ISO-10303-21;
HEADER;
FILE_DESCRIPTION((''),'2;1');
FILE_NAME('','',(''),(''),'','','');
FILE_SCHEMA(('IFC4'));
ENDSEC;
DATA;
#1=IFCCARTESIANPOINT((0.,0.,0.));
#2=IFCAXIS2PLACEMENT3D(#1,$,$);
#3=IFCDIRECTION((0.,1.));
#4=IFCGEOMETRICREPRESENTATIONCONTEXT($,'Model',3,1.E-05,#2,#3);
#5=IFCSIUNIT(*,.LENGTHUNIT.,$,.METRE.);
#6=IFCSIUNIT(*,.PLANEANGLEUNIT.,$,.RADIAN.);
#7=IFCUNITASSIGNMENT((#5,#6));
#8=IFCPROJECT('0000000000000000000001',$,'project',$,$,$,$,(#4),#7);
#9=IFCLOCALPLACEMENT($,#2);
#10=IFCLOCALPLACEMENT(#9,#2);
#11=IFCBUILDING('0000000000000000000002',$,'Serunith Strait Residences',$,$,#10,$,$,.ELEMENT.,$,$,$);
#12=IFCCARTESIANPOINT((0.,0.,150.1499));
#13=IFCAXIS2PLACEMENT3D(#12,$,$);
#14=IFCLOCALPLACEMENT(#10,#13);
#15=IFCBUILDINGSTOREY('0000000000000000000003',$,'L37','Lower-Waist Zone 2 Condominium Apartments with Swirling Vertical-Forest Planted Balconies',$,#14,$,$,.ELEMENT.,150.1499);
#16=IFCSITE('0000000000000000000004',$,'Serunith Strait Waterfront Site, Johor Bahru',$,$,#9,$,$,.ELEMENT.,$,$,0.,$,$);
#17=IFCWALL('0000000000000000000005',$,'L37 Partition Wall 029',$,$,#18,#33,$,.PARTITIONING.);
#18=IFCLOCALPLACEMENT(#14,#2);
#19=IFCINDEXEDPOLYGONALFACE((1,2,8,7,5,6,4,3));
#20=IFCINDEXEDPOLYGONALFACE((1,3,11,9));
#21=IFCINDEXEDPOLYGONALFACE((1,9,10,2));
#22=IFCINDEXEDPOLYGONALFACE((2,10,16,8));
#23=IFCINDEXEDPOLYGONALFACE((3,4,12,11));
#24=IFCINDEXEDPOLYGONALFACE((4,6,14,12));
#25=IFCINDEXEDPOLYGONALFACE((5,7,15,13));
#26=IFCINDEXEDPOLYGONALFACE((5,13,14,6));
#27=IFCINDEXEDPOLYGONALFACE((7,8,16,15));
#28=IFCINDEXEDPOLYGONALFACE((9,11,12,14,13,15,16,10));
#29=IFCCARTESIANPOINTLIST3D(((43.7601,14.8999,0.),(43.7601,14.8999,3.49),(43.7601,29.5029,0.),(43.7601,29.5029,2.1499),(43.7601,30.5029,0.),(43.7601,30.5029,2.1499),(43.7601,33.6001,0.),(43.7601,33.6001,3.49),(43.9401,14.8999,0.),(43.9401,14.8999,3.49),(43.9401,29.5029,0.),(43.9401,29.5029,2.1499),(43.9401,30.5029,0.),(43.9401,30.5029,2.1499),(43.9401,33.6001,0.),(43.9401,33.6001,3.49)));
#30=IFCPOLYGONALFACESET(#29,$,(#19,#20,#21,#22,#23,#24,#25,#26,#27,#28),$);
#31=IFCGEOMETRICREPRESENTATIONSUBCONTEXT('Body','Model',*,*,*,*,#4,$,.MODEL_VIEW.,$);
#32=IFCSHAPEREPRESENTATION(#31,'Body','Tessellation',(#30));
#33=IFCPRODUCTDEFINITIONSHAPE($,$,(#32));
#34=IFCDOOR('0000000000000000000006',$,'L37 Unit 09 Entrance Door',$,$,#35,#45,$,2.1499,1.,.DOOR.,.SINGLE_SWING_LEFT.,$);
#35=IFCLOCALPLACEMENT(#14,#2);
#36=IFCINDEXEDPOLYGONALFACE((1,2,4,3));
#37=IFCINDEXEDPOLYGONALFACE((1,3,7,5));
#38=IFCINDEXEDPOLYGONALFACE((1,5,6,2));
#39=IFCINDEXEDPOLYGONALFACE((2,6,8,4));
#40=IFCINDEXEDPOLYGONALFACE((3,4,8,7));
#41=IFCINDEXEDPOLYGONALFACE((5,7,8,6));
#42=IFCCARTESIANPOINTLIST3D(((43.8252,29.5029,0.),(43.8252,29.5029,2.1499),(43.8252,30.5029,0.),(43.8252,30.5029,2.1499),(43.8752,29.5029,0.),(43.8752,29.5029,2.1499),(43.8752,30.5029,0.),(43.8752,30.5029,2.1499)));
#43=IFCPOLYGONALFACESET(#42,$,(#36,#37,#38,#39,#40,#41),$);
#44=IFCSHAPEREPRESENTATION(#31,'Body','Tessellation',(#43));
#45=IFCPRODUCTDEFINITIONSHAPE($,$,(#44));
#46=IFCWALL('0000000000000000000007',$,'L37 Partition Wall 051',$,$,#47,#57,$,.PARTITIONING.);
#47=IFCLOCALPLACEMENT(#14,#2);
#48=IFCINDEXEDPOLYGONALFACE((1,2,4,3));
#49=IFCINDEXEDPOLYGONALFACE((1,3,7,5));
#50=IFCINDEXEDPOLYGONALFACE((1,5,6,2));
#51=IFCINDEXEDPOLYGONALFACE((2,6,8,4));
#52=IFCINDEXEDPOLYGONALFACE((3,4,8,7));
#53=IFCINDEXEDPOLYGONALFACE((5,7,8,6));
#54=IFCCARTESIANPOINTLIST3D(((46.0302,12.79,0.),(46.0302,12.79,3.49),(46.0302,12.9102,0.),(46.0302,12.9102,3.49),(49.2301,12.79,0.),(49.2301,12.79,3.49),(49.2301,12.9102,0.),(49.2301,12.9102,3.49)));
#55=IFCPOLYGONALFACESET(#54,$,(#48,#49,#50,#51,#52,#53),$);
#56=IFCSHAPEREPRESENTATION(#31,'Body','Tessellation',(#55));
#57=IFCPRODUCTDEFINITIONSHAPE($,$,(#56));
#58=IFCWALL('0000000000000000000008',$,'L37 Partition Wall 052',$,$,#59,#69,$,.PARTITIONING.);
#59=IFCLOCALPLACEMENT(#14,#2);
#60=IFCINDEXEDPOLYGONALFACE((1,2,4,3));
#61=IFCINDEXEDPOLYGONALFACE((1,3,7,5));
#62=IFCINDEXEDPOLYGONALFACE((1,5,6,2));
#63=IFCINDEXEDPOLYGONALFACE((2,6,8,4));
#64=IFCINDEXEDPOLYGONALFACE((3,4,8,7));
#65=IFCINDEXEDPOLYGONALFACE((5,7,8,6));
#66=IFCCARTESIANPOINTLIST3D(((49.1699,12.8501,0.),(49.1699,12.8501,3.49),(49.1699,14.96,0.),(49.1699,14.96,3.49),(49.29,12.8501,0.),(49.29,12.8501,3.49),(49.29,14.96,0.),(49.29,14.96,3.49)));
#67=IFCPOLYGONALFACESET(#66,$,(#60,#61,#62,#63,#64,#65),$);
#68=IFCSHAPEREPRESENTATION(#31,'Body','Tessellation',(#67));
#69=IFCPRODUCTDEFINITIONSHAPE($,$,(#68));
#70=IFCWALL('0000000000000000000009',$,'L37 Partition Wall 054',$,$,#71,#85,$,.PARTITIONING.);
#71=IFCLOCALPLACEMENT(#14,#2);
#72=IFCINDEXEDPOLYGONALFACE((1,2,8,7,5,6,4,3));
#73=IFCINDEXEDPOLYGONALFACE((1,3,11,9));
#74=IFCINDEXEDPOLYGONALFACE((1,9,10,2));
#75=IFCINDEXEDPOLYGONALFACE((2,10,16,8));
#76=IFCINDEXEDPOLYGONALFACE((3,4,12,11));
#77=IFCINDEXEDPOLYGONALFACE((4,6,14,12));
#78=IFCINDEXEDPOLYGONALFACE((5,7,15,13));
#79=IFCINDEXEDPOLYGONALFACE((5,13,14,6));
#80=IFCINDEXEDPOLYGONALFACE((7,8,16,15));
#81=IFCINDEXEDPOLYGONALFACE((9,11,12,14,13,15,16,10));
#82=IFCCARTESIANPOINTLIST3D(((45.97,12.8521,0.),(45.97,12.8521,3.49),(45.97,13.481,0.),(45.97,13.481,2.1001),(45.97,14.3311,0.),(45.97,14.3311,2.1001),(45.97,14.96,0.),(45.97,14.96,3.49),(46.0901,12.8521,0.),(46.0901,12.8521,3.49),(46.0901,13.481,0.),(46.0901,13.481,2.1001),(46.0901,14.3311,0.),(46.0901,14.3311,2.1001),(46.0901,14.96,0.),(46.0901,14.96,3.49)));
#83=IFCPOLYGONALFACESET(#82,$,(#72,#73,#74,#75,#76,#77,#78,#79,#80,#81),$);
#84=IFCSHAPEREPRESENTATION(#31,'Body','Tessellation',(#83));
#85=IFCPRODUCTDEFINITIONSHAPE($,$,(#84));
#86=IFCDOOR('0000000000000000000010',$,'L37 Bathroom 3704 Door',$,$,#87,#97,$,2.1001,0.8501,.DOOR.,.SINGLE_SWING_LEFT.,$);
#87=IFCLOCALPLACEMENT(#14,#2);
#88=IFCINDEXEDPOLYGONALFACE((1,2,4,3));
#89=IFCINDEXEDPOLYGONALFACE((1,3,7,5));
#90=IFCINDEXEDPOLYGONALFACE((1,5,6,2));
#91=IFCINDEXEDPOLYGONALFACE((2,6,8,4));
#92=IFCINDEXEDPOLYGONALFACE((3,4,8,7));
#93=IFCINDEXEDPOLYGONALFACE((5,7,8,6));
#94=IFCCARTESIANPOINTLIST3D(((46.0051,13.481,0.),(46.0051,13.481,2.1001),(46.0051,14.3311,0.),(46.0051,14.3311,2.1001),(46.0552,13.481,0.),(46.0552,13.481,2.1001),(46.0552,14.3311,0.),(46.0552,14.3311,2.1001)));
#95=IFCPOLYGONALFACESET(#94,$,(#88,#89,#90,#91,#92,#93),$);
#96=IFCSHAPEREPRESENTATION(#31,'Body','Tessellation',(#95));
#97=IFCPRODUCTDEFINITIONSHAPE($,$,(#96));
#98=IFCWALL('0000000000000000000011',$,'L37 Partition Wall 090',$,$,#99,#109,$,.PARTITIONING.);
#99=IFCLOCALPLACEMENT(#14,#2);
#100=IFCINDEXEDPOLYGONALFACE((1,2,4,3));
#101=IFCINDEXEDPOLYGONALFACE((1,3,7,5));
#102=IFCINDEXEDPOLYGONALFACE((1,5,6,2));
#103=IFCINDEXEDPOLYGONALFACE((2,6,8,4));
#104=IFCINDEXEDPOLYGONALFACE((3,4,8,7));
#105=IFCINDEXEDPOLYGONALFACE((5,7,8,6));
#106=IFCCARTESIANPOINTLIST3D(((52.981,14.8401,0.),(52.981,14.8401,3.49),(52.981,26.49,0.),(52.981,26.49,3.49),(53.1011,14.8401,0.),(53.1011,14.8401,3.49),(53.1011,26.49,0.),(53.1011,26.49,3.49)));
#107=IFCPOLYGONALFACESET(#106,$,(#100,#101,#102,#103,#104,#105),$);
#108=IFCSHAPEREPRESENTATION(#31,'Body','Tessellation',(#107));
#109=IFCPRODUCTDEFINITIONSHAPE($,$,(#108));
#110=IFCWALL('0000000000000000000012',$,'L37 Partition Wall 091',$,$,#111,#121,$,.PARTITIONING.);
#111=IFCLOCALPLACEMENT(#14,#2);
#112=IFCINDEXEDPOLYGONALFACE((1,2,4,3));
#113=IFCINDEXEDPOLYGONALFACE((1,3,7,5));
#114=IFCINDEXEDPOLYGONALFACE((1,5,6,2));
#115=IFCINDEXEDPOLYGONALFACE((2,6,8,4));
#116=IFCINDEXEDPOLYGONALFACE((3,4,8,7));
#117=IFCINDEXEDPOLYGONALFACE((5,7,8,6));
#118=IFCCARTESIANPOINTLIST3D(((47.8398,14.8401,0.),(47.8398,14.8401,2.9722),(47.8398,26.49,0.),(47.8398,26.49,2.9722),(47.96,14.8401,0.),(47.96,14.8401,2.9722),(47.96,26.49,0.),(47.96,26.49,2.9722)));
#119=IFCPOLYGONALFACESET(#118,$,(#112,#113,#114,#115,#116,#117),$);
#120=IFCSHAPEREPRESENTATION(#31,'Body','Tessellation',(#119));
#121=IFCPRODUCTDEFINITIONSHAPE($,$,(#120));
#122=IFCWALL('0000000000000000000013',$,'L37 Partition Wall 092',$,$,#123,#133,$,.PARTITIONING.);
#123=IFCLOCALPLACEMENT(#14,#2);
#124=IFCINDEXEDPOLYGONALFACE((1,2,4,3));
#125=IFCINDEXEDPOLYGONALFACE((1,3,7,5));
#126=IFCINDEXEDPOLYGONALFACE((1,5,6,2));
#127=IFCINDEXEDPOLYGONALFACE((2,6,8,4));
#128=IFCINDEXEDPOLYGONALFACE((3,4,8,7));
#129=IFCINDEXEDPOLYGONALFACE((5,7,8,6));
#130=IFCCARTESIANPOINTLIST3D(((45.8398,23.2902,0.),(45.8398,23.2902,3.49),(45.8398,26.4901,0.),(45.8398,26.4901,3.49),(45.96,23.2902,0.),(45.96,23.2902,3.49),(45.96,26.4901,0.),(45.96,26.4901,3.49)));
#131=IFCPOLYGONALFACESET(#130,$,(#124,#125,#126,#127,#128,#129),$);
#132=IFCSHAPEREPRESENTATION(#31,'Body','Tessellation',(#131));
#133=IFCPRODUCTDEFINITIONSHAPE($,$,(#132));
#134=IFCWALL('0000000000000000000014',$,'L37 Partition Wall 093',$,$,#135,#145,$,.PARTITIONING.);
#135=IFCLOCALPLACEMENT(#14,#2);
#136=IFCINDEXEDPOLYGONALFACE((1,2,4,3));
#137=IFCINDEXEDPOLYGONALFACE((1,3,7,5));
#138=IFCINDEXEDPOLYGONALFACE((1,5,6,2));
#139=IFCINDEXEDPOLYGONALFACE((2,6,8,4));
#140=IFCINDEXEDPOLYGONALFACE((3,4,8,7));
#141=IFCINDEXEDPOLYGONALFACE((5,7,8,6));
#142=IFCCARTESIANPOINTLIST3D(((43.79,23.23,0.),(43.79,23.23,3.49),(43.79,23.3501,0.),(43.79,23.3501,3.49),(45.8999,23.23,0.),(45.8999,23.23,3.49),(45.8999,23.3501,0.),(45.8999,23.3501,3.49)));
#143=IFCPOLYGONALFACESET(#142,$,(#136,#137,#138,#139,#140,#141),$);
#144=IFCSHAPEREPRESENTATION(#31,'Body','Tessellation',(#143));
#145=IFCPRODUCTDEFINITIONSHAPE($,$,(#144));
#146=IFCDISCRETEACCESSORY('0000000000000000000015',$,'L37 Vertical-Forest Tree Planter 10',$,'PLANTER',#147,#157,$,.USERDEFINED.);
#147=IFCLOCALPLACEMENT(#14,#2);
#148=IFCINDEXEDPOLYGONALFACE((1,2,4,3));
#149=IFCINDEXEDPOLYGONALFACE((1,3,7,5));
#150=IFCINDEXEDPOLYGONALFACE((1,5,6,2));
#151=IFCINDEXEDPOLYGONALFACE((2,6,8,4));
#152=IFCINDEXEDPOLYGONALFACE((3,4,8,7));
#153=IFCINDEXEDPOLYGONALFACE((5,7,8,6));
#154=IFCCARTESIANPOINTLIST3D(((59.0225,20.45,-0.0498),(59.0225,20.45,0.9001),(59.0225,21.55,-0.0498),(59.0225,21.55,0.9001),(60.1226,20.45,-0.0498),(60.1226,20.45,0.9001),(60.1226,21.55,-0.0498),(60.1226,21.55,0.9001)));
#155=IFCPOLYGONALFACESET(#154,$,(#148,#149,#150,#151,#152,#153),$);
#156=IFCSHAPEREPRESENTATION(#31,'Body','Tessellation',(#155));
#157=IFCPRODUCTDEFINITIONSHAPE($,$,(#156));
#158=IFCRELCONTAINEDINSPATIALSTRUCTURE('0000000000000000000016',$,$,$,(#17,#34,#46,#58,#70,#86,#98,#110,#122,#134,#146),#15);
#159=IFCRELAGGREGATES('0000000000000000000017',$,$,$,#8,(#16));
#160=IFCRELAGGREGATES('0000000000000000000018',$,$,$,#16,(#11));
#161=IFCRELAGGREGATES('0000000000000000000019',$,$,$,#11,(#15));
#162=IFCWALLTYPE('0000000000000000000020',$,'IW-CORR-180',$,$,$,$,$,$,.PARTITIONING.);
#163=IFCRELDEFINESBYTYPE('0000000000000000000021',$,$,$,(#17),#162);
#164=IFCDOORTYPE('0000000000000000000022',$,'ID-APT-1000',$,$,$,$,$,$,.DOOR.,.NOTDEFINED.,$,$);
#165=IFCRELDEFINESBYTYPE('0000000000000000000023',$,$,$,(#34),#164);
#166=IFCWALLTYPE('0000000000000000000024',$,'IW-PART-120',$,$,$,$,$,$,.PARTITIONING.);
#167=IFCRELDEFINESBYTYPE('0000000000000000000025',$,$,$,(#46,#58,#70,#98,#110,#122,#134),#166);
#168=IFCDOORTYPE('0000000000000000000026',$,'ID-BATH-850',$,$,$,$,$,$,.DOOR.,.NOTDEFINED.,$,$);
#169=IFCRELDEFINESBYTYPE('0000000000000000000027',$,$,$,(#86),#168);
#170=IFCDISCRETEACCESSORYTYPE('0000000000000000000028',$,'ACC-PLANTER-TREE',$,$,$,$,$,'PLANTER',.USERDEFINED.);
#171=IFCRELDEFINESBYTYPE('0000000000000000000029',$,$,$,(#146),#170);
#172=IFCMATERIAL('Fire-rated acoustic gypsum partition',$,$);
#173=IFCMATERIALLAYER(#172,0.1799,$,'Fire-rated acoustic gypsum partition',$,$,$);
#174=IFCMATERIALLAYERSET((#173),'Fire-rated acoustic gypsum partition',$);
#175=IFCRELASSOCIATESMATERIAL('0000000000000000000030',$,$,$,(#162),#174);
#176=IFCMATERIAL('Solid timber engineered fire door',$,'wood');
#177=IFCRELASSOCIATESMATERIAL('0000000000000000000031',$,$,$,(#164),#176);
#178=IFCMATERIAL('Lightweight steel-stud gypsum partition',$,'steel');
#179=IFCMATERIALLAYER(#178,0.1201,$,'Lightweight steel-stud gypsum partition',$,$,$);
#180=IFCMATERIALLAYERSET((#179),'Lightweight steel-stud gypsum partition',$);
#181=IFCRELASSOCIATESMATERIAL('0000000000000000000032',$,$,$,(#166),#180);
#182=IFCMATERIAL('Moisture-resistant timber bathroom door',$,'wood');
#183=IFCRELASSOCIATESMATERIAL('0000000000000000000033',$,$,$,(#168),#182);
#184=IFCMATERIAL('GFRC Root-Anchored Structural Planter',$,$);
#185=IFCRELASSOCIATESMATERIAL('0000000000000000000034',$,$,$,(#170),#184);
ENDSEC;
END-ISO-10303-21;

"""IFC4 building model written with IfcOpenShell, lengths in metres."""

from ifc_helpers import new_model, si_unit, direction, frame, frame_2d, origin, origin_2d, place, context, subcontext, project, spatial, rectangle, extrude, source, transform, mapped, material, layer, layer_set, type_object, element, fill, save


model = new_model("IFC4")

# Units and contexts
model_context = context("Model", 3, precision=1e-05, world=origin(), true_north=direction((0.0, 1.0)))
body_context = subcontext(model_context, "Body", "Model", "MODEL_VIEW")
ifc_project = project(units=[si_unit("LENGTHUNIT", "METRE"), si_unit("PLANEANGLEUNIT", "RADIAN")], contexts=[model_context])

# Site, building, storey
site_placement = place(None, origin())
site = spatial("IfcSite", under=ifc_project, at=site_placement, Name="Serunith Strait Waterfront Site, Johor Bahru", CompositionType="ELEMENT", RefElevation=0.0)
building_placement = place(site_placement, origin())
building = spatial("IfcBuilding", under=site, at=building_placement, Name="Serunith Strait Residences", CompositionType="ELEMENT")
storey_placement = place(building_placement, frame((0.0, 0.0, 150.1499)))
storey = spatial("IfcBuildingStorey", under=building, at=storey_placement, Name="L37", Description="Lower-Waist Zone 2 Condominium Apartments with Swirling Vertical-Forest Planted Balconies", CompositionType="ELEMENT", Elevation=150.1499)

# Wall, opening, door
ifc_material_1 = material(Name="Fire-rated acoustic gypsum partition")
ifc_layer_1 = layer(ifc_material_1, 0.1799, Name="Fire-rated acoustic gypsum partition")
ifc_layer_set_1 = layer_set([ifc_layer_1], Name="Fire-rated acoustic gypsum partition")
wall_type_1 = type_object("IfcWallType", Name="IW-CORR-180", PredefinedType="PARTITIONING", material=ifc_layer_set_1)
wall_1_placement = place(storey_placement, frame((43.8501, 14.8999, 0.0), z_axis=(0.0, 0.0, 1.0), x_axis=(0.0, 1.0, 0.0)))
wall_1 = element("IfcWall", 1, at=wall_1_placement, inside=storey, type_object=wall_type_1, Name="L37 Partition Wall 029", PredefinedType="PARTITIONING", context=body_context, shape_type="SweptSolid", body=[
    extrude(rectangle(XDim=18.7002, YDim=0.1799, at=frame_2d((9.3501, 0.0))), origin(), (0.0, 0.0, 1.0), 3.49),
])
opening_1_placement = place(wall_1_placement, frame((14.603, 0.0, 0.0)))
opening_1 = element("IfcOpeningElement", 2, at=opening_1_placement, cuts=wall_1, PredefinedType="OPENING", context=body_context, shape_type="SweptSolid", body=[
    extrude(rectangle(XDim=1.0, YDim=2.1499, at=frame_2d((0.5, 1.075))), frame((0.0, 0.1001, 0.0), z_axis=(0.0, -1.0, 0.0), x_axis=(1.0, 0.0, 0.0)), (0.0, 0.0, 1.0), 0.2),
])
ifc_material_2 = material(Name="Solid timber engineered fire door", Category="wood")
door_type_1 = type_object("IfcDoorType", Name="ID-APT-1000", OperationType="NOTDEFINED", PredefinedType="DOOR", material=ifc_material_2)
shared_shape_1 = source(origin(), body_context, "Body", "SweptSolid", [
    extrude(rectangle(XDim=1.0, YDim=2.1499, at=frame_2d((0.5, 1.075))), frame((0.0, 0.0249, 0.0), z_axis=(0.0, -1.0, 0.0), x_axis=(1.0, 0.0, 0.0)), (0.0, 0.0, 1.0), 0.05),
])
door_1_placement = place(opening_1_placement, origin())
door_1 = element("IfcDoor", 3, at=door_1_placement, inside=storey, type_object=door_type_1, Name="L37 Unit 09 Entrance Door", OperationType="SINGLE_SWING_LEFT", OverallHeight=2.1499, OverallWidth=1.0, PredefinedType="DOOR", context=body_context, shape_type="MappedRepresentation", body=[
    mapped(shared_shape_1, transform((0.0, 0.0, 0.0), scale=1.0)),
])
fill(opening_1, door_1)

# Walls
ifc_material_3 = material(Name="Lightweight steel-stud gypsum partition", Category="steel")
ifc_layer_2 = layer(ifc_material_3, 0.1201, Name="Lightweight steel-stud gypsum partition")
ifc_layer_set_2 = layer_set([ifc_layer_2], Name="Lightweight steel-stud gypsum partition")
wall_type_2 = type_object("IfcWallType", Name="IW-PART-120", PredefinedType="PARTITIONING", material=ifc_layer_set_2)
wall_2_placement = place(storey_placement, frame((46.03, 12.8501, 0.0), z_axis=(0.0, 0.0, 1.0), x_axis=(1.0, 0.0, 0.0)))
element("IfcWall", 4, at=wall_2_placement, inside=storey, type_object=wall_type_2, Name="L37 Partition Wall 051", PredefinedType="PARTITIONING", context=body_context, shape_type="SweptSolid", body=[
    extrude(rectangle(XDim=3.2, YDim=0.1201, at=frame_2d((1.6001, 0.0))), origin(), (0.0, 0.0, 1.0), 3.49),
])
wall_3_placement = place(storey_placement, frame((49.23, 12.8501, 0.0), z_axis=(0.0, 0.0, 1.0), x_axis=(0.0, 1.0, 0.0)))
element("IfcWall", 5, at=wall_3_placement, inside=storey, type_object=wall_type_2, Name="L37 Partition Wall 052", PredefinedType="PARTITIONING", context=body_context, shape_type="SweptSolid", body=[
    extrude(rectangle(XDim=2.1099, YDim=0.1201, at=frame_2d((1.0549, 0.0))), origin(), (0.0, 0.0, 1.0), 3.49),
])

# Wall, opening, door
wall_4_placement = place(storey_placement, frame((46.03, 12.8521, 0.0), z_axis=(0.0, 0.0, 1.0), x_axis=(0.0, 1.0, 0.0)))
wall_4 = element("IfcWall", 6, at=wall_4_placement, inside=storey, type_object=wall_type_2, Name="L37 Partition Wall 054", PredefinedType="PARTITIONING", context=body_context, shape_type="SweptSolid", body=[
    extrude(rectangle(XDim=2.1079, YDim=0.1201, at=frame_2d((1.054, 0.0))), origin(), (0.0, 0.0, 1.0), 3.49),
])
opening_2_placement = place(wall_4_placement, frame((0.6289, 0.0, 0.0)))
opening_2 = element("IfcOpeningElement", 7, at=opening_2_placement, cuts=wall_4, PredefinedType="OPENING", context=body_context, shape_type="SweptSolid", body=[
    extrude(rectangle(XDim=0.8501, YDim=2.1001, at=frame_2d((0.425, 1.05))), frame((0.0, 0.0701, 0.0), z_axis=(0.0, -1.0, 0.0), x_axis=(1.0, 0.0, 0.0)), (0.0, 0.0, 1.0), 0.1401),
])
ifc_material_4 = material(Name="Moisture-resistant timber bathroom door", Category="wood")
door_type_2 = type_object("IfcDoorType", Name="ID-BATH-850", OperationType="NOTDEFINED", PredefinedType="DOOR", material=ifc_material_4)
shared_shape_2 = source(origin(), body_context, "Body", "SweptSolid", [
    extrude(rectangle(XDim=0.8501, YDim=2.1001, at=frame_2d((0.425, 1.05))), frame((0.0, 0.0249, 0.0), z_axis=(0.0, -1.0, 0.0), x_axis=(1.0, 0.0, 0.0)), (0.0, 0.0, 1.0), 0.05),
])
door_2_placement = place(opening_2_placement, origin())
door_2 = element("IfcDoor", 8, at=door_2_placement, inside=storey, type_object=door_type_2, Name="L37 Bathroom 3704 Door", OperationType="SINGLE_SWING_LEFT", OverallHeight=2.1001, OverallWidth=0.8501, PredefinedType="DOOR", context=body_context, shape_type="MappedRepresentation", body=[
    mapped(shared_shape_2, transform((0.0, 0.0, 0.0), scale=1.0)),
])
fill(opening_2, door_2)

# Walls
wall_5_placement = place(storey_placement, frame((53.041, 14.8401, 0.0), z_axis=(0.0, 0.0, 1.0), x_axis=(0.0, 1.0, 0.0)))
element("IfcWall", 9, at=wall_5_placement, inside=storey, type_object=wall_type_2, Name="L37 Partition Wall 090", PredefinedType="PARTITIONING", context=body_context, shape_type="SweptSolid", body=[
    extrude(rectangle(XDim=11.6499, YDim=0.1201, at=frame_2d((5.825, 0.0))), origin(), (0.0, 0.0, 1.0), 3.49),
])
wall_6_placement = place(storey_placement, frame((47.8999, 14.8401, 0.0), z_axis=(0.0, 0.0, 1.0), x_axis=(0.0, 1.0, 0.0)))
element("IfcWall", 10, at=wall_6_placement, inside=storey, type_object=wall_type_2, Name="L37 Partition Wall 091", PredefinedType="PARTITIONING", context=body_context, shape_type="SweptSolid", body=[
    extrude(rectangle(XDim=11.6499, YDim=0.1201, at=frame_2d((5.825, 0.0))), origin(), (0.0, 0.0, 1.0), 2.9722),
])
wall_7_placement = place(storey_placement, frame((45.8999, 23.29, 0.0), z_axis=(0.0, 0.0, 1.0), x_axis=(0.0, 1.0, 0.0)))
element("IfcWall", 11, at=wall_7_placement, inside=storey, type_object=wall_type_2, Name="L37 Partition Wall 092", PredefinedType="PARTITIONING", context=body_context, shape_type="SweptSolid", body=[
    extrude(rectangle(XDim=3.2, YDim=0.1201, at=frame_2d((1.6001, 0.0))), origin(), (0.0, 0.0, 1.0), 3.49),
])
wall_8_placement = place(storey_placement, frame((45.8999, 23.29, 0.0), z_axis=(0.0, 0.0, 1.0), x_axis=(-1.0, 0.0, 0.0)))
element("IfcWall", 12, at=wall_8_placement, inside=storey, type_object=wall_type_2, Name="L37 Partition Wall 093", PredefinedType="PARTITIONING", context=body_context, shape_type="SweptSolid", body=[
    extrude(rectangle(XDim=2.1099, YDim=0.1201, at=frame_2d((1.0549, 0.0))), origin(), (0.0, 0.0, 1.0), 3.49),
])

# Discrete accessory
ifc_material_5 = material(Name="GFRC Root-Anchored Structural Planter")
discrete_accessory_type = type_object("IfcDiscreteAccessoryType", Name="ACC-PLANTER-TREE", ElementType="PLANTER", PredefinedType="USERDEFINED", material=ifc_material_5)
shared_shape_3 = source(origin(), body_context, "Body", "SweptSolid", [
    extrude(rectangle(XDim=1.1001, YDim=1.1001, at=origin_2d()), origin(), (0.0, 0.0, 1.0), 0.95),
])
discrete_accessory_placement = place(storey_placement, frame((59.5725, 21.0, -0.0498), z_axis=(0.0, 0.0, 1.0), x_axis=(0.0, 1.0, 0.0)))
element("IfcDiscreteAccessory", 13, at=discrete_accessory_placement, inside=storey, type_object=discrete_accessory_type, Name="L37 Vertical-Forest Tree Planter 10", ObjectType="PLANTER", PredefinedType="USERDEFINED", context=body_context, shape_type="MappedRepresentation", body=[
    mapped(shared_shape_3, transform((0.0, 0.0, 0.0), scale=1.0)),
])

save(model, "model.ifc")
